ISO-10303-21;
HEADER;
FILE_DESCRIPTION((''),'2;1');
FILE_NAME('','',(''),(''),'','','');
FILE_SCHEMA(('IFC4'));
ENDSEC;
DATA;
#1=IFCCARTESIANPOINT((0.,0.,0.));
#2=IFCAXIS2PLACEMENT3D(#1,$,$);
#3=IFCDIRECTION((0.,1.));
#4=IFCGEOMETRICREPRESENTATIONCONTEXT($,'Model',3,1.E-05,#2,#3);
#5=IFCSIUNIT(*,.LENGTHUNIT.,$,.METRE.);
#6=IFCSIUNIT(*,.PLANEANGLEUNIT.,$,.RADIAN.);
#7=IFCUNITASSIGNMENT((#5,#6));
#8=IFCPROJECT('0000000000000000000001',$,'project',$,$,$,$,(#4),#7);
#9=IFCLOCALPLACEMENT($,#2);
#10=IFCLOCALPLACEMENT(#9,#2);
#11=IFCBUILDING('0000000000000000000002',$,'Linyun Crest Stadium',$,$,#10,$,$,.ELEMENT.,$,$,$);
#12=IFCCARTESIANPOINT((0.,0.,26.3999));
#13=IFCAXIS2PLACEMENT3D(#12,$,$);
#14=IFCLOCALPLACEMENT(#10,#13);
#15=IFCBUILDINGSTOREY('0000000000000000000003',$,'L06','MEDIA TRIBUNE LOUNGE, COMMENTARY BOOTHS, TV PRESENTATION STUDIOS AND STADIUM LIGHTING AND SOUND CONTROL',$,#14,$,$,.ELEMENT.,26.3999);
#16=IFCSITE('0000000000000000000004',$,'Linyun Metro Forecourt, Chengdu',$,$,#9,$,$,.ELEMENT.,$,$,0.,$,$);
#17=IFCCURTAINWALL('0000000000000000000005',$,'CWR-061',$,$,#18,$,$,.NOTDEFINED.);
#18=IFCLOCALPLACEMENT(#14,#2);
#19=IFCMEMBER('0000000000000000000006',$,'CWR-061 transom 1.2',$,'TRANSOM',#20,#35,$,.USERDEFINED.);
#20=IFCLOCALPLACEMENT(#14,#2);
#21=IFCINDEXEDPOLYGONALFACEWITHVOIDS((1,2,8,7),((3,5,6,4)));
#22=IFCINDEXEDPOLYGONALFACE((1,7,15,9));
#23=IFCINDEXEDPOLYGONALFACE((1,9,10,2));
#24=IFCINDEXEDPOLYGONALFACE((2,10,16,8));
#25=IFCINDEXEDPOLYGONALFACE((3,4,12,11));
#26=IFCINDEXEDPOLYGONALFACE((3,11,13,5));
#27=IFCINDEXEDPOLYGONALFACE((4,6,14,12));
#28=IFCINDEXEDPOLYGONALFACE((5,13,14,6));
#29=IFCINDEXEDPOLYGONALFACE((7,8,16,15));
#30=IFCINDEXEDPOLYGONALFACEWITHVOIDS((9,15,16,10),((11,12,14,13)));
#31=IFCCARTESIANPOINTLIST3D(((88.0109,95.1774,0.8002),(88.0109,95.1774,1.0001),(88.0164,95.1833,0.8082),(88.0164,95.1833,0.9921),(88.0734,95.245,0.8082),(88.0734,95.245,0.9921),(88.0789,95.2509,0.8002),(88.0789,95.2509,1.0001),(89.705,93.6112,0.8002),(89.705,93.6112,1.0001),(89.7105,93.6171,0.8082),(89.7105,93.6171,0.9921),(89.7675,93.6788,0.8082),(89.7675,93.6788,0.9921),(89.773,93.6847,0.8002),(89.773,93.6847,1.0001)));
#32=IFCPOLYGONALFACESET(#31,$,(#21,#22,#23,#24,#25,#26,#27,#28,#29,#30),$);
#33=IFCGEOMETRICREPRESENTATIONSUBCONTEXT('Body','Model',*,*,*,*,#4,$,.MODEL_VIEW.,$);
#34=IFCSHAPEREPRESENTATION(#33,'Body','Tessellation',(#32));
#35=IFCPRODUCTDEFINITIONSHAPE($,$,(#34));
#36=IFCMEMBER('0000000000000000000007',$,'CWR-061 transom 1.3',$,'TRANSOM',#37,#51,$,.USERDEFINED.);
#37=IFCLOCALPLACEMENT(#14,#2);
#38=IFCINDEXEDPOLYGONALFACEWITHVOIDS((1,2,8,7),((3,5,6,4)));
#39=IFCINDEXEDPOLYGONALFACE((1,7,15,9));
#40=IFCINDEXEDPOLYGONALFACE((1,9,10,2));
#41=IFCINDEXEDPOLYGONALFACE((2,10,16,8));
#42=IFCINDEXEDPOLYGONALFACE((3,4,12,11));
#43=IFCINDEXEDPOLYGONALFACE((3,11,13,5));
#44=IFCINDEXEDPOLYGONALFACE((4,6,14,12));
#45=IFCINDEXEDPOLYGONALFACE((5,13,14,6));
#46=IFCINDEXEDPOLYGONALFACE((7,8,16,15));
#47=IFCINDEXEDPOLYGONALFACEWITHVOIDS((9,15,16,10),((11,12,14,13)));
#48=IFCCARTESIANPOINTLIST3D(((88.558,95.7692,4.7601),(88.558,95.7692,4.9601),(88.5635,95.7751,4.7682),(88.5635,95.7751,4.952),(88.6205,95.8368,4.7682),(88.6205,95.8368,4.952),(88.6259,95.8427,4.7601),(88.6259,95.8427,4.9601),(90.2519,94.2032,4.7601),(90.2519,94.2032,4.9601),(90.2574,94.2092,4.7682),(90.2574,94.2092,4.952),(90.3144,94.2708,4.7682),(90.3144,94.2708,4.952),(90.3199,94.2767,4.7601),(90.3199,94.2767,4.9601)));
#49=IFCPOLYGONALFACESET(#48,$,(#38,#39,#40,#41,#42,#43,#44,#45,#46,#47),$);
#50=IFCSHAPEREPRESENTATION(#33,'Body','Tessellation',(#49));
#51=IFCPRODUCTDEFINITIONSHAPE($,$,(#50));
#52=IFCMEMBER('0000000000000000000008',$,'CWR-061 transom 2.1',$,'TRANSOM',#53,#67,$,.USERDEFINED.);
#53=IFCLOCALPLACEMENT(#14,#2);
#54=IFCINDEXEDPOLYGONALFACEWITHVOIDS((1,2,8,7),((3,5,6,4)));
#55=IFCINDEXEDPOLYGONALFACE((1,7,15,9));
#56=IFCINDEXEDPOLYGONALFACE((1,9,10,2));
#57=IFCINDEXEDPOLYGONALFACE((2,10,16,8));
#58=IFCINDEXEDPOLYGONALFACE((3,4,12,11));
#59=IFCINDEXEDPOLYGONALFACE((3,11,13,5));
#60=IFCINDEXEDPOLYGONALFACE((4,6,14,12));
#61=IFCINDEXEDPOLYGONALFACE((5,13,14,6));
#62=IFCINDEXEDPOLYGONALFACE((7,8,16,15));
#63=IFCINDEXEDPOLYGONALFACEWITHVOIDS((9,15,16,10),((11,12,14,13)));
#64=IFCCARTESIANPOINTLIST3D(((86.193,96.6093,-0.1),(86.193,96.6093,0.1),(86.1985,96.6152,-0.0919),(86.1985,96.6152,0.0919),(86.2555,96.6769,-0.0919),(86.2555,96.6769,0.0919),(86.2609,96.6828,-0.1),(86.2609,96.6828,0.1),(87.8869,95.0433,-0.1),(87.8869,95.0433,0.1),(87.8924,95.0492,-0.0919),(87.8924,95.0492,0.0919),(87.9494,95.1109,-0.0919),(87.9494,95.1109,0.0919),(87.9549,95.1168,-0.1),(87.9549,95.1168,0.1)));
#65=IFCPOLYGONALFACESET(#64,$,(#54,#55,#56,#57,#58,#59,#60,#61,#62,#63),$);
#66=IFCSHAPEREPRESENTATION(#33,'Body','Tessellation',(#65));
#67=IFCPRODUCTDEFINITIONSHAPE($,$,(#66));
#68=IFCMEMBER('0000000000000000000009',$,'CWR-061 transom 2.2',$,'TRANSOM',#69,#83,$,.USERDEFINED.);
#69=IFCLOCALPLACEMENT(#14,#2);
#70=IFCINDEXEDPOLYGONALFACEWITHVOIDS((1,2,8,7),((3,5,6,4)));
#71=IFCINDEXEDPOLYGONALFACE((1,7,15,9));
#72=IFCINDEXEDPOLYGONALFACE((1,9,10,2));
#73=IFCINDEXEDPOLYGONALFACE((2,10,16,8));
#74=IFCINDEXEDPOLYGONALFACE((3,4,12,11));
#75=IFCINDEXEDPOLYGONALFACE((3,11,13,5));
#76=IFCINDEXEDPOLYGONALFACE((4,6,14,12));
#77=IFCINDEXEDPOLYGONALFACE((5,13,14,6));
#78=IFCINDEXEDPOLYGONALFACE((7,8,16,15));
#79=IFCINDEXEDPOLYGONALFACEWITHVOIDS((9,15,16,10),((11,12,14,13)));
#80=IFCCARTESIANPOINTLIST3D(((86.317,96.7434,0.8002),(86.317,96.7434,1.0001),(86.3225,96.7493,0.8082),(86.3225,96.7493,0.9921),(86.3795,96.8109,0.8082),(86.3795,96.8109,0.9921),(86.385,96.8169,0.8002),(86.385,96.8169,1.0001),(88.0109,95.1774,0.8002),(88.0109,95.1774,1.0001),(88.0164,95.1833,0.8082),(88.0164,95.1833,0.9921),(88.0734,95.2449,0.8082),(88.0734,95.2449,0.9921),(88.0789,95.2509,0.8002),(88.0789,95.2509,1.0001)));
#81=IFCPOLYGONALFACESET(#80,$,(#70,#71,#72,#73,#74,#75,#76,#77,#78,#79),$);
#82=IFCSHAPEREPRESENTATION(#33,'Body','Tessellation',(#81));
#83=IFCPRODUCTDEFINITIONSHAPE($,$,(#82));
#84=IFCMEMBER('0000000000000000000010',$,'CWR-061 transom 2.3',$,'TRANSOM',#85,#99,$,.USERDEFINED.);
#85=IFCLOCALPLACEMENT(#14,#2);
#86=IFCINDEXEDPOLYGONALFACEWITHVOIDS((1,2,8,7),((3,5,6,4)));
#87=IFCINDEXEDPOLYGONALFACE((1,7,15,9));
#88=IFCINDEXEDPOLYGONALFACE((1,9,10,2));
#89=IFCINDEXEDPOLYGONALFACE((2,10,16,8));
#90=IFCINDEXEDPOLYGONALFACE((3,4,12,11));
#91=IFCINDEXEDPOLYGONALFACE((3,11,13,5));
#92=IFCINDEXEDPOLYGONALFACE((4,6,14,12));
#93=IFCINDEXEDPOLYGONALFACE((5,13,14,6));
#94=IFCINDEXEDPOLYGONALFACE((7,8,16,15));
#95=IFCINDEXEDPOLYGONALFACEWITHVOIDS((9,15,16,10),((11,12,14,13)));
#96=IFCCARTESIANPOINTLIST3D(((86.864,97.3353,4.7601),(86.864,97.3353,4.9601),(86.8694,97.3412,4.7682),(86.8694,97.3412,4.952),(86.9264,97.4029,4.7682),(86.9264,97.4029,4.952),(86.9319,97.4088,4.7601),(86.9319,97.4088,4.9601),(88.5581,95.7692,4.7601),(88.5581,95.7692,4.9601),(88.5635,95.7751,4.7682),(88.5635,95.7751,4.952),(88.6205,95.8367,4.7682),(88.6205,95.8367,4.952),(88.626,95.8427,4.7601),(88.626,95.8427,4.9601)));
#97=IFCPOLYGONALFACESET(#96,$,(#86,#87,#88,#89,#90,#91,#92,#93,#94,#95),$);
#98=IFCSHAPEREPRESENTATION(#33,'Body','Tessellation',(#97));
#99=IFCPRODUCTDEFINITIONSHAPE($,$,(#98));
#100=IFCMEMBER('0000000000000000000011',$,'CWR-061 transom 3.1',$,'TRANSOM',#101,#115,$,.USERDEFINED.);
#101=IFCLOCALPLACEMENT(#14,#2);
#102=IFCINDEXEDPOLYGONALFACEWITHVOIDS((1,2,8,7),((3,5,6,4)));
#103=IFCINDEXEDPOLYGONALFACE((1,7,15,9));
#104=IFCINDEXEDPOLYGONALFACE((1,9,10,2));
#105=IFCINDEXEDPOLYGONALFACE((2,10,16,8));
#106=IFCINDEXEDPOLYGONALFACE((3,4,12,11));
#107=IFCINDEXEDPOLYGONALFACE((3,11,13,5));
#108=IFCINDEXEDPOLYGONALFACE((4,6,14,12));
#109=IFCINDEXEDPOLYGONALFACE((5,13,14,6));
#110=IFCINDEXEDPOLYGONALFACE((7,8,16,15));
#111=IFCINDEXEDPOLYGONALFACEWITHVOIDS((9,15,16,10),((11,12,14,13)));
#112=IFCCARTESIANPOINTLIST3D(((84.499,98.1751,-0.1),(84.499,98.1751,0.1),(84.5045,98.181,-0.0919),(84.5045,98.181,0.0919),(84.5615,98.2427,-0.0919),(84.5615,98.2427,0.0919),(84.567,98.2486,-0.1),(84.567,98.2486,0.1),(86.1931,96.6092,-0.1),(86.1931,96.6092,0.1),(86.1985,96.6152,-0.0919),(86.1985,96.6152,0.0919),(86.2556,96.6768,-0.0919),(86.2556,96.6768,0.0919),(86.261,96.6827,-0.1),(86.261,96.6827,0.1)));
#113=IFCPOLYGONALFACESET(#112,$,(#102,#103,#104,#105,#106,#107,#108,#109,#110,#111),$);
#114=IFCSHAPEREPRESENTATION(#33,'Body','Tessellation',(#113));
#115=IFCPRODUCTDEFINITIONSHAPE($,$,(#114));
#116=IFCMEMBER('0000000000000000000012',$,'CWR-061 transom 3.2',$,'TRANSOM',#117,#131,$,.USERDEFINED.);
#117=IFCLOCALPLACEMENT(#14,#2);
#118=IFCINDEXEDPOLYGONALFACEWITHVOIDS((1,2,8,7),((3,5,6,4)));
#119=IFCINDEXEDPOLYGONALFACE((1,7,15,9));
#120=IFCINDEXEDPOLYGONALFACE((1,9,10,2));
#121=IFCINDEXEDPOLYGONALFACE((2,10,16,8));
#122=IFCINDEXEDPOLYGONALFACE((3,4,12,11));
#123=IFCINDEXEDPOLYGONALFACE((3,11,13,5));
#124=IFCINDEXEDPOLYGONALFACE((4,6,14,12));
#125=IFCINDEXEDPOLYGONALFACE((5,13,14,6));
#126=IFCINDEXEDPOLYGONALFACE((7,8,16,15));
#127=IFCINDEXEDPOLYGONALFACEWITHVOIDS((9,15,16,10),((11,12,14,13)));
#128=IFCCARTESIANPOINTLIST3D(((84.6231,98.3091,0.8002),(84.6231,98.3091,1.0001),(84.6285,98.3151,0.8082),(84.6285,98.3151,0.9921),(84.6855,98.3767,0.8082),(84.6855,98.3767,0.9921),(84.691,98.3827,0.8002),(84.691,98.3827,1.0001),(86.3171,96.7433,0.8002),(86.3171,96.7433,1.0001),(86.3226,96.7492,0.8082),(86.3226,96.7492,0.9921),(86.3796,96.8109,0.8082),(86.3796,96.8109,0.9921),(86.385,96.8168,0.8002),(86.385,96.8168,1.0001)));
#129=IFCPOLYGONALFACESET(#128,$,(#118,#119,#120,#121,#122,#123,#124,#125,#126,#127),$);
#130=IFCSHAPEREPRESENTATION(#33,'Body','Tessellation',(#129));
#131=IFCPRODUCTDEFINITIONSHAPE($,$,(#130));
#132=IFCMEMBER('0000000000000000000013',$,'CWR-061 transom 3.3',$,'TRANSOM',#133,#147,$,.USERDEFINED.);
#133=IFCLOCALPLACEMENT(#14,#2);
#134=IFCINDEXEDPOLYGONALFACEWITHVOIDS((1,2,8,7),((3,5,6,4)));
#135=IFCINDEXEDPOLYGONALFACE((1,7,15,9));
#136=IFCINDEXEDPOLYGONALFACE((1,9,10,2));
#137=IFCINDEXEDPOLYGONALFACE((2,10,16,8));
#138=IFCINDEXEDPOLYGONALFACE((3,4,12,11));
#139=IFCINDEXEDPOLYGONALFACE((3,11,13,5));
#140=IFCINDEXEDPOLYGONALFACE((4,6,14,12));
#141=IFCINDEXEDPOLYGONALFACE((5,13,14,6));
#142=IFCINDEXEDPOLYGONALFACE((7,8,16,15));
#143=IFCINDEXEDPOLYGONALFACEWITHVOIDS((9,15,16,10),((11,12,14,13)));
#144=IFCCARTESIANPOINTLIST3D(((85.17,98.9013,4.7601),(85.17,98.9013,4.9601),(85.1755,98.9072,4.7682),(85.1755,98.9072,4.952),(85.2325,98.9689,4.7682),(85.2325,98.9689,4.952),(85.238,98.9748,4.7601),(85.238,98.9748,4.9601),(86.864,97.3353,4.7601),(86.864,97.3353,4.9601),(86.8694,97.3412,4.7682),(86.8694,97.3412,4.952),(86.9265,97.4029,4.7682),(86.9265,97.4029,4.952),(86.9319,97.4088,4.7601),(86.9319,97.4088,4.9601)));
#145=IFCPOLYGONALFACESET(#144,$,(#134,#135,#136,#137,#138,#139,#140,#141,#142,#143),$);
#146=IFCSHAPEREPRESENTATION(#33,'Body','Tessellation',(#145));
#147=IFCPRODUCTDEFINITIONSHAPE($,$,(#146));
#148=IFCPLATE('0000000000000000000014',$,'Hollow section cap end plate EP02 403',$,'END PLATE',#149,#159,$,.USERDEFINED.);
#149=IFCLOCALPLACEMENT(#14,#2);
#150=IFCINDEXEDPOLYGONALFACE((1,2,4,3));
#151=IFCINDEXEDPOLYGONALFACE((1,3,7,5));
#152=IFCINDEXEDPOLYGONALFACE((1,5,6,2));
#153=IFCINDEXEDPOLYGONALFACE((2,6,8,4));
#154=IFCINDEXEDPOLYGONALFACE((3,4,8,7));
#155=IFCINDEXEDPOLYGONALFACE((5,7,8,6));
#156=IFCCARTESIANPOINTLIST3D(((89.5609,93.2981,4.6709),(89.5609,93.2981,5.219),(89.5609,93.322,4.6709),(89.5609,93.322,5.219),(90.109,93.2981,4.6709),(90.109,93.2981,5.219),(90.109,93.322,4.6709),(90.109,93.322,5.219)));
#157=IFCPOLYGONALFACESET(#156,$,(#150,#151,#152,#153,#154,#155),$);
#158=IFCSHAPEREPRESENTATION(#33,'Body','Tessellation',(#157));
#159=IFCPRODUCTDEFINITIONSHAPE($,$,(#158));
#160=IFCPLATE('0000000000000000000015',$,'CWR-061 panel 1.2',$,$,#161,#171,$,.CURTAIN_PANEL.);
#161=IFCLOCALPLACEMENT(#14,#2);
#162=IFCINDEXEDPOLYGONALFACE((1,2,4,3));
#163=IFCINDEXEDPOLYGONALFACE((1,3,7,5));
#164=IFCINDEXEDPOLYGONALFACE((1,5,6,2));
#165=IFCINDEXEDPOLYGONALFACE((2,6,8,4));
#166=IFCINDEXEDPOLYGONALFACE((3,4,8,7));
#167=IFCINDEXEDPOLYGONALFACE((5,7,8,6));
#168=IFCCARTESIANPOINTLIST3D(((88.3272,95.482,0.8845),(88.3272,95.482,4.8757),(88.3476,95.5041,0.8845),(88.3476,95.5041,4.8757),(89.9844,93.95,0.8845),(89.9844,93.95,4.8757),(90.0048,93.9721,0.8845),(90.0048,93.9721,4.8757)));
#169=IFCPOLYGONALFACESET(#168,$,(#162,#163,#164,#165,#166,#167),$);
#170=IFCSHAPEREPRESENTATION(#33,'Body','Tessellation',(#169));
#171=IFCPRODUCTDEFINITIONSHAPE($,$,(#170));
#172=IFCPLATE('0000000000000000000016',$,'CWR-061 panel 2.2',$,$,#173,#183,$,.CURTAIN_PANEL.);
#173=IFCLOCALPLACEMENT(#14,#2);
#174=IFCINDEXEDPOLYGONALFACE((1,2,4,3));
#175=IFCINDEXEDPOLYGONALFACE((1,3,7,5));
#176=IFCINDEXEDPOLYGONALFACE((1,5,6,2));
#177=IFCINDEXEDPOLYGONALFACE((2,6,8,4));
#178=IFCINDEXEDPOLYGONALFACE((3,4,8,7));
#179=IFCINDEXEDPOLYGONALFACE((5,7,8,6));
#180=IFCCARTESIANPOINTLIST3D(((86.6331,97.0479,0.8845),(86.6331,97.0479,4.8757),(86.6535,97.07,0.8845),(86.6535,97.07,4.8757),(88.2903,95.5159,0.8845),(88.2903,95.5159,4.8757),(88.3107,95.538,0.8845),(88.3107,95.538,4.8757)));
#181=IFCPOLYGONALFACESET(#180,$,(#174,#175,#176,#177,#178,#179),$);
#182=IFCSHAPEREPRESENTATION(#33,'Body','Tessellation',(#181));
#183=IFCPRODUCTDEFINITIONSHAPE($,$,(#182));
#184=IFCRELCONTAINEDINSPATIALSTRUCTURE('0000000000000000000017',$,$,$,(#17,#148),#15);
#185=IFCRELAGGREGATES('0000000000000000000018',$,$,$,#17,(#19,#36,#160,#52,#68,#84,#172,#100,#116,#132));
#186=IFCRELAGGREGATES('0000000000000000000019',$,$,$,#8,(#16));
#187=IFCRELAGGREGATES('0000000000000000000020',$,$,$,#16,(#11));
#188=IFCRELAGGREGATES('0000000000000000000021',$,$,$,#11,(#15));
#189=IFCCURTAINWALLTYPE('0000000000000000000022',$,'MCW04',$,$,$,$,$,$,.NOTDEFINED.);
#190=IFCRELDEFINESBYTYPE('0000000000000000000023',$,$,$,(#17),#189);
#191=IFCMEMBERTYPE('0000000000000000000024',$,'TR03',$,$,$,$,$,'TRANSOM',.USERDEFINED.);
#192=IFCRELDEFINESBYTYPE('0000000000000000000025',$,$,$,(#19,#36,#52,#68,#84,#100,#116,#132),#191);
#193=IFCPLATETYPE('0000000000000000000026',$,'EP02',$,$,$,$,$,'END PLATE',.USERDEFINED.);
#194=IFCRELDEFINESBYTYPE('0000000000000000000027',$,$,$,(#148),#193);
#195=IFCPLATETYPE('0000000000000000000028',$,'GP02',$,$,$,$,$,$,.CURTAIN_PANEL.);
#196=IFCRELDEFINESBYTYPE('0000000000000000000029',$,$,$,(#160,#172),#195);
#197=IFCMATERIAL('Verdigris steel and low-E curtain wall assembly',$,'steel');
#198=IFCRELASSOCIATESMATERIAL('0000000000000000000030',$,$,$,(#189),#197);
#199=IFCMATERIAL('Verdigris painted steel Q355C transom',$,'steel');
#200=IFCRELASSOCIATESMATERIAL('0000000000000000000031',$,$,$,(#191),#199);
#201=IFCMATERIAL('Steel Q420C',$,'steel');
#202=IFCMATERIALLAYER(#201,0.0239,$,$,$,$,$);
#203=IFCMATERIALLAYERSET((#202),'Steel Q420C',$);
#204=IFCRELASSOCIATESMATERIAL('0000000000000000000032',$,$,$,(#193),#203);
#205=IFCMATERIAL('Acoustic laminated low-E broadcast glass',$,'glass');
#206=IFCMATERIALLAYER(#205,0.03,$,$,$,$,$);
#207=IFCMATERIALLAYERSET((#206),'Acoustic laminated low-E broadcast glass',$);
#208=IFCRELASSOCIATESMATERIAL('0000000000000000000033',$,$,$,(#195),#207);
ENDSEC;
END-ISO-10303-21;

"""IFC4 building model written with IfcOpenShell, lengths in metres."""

from ifc_helpers import new_model, si_unit, direction, frame, origin, origin_2d, place, context, subcontext, project, spatial, rectangle, hollow_rectangle, extrude, material, layer, layer_set, material_profile, profile_set, type_object, element, aggregate, save


model = new_model("IFC4")

# Units and contexts
model_context = context("Model", 3, precision=1e-05, world=origin(), true_north=direction((0.0, 1.0)))
body_context = subcontext(model_context, "Body", "Model", "MODEL_VIEW")
ifc_project = project(units=[si_unit("LENGTHUNIT", "METRE"), si_unit("PLANEANGLEUNIT", "RADIAN")], contexts=[model_context])

# Site, building, storey
site_placement = place(None, origin())
site = spatial("IfcSite", under=ifc_project, at=site_placement, Name="Linyun Metro Forecourt, Chengdu", CompositionType="ELEMENT", RefElevation=0.0)
building_placement = place(site_placement, origin())
building = spatial("IfcBuilding", under=site, at=building_placement, Name="Linyun Crest Stadium", CompositionType="ELEMENT")
storey_placement = place(building_placement, frame((0.0, 0.0, 26.3999)))
storey = spatial("IfcBuildingStorey", under=building, at=storey_placement, Name="L06", Description="MEDIA TRIBUNE LOUNGE, COMMENTARY BOOTHS, TV PRESENTATION STUDIOS AND STADIUM LIGHTING AND SOUND CONTROL", CompositionType="ELEMENT", Elevation=26.3999)

# Curtain wall
ifc_material_1 = material(Name="Verdigris steel and low-E curtain wall assembly", Category="steel")
curtain_wall_type = type_object("IfcCurtainWallType", Name="MCW04", PredefinedType="NOTDEFINED", material=ifc_material_1)
curtain_wall_1_placement = place(storey_placement, origin())
curtain_wall_1 = element("IfcCurtainWall", 1, at=curtain_wall_1_placement, inside=storey, type_object=curtain_wall_type, Name="CWR-061", PredefinedType="NOTDEFINED")

# Members
ifc_material_2 = material(Name="Verdigris painted steel Q355C transom", Category="steel")
ifc_material_profile_1 = material_profile(ifc_material_2, hollow_rectangle(XDim=0.1001, YDim=0.2, WallThickness=0.0081, at=origin_2d()), Name="RHS 200x100x8")
ifc_profile_set_1 = profile_set([ifc_material_profile_1], Name="Verdigris painted steel Q355C transom")
member_type_1 = type_object("IfcMemberType", Name="TR03", ElementType="TRANSOM", PredefinedType="USERDEFINED", material=ifc_profile_set_1)
member_1_placement = place(storey_placement, frame((89.739, 93.6479, 0.9001), z_axis=(-0.734288, 0.678838, 0.0), x_axis=(-0.678838, -0.734288, 0.0)))
member_1 = element("IfcMember", 2, at=member_1_placement, type_object=member_type_1, Name="CWR-061 transom 1.2", ObjectType="TRANSOM", PredefinedType="USERDEFINED", context=body_context, shape_type="SweptSolid", body=[
    extrude(hollow_rectangle(XDim=0.1001, YDim=0.2, WallThickness=0.0081, at=origin_2d()), origin(), (0.0, 0.0, 1.0), 2.3071),
])
member_2_placement = place(storey_placement, frame((90.2859, 94.24, 4.8601), z_axis=(-0.734292, 0.678834, 0.0), x_axis=(-0.678834, -0.734292, 0.0)))
member_2 = element("IfcMember", 3, at=member_2_placement, type_object=member_type_1, Name="CWR-061 transom 1.3", ObjectType="TRANSOM", PredefinedType="USERDEFINED", context=body_context, shape_type="SweptSolid", body=[
    extrude(hollow_rectangle(XDim=0.1001, YDim=0.2, WallThickness=0.0081, at=origin_2d()), origin(), (0.0, 0.0, 1.0), 2.3069),
])
member_3_placement = place(storey_placement, frame((87.9209, 95.0801, 0.0), z_axis=(-0.734292, 0.678834, 0.0), x_axis=(-0.678834, -0.734292, 0.0)))
member_3 = element("IfcMember", 4, at=member_3_placement, type_object=member_type_1, Name="CWR-061 transom 2.1", ObjectType="TRANSOM", PredefinedType="USERDEFINED", context=body_context, shape_type="SweptSolid", body=[
    extrude(hollow_rectangle(XDim=0.1001, YDim=0.2, WallThickness=0.0081, at=origin_2d()), origin(), (0.0, 0.0, 1.0), 2.3069),
])
member_4_placement = place(storey_placement, frame((88.0449, 95.2141, 0.9001), z_axis=(-0.734292, 0.678834, 0.0), x_axis=(-0.678834, -0.734292, 0.0)))
member_4 = element("IfcMember", 5, at=member_4_placement, type_object=member_type_1, Name="CWR-061 transom 2.2", ObjectType="TRANSOM", PredefinedType="USERDEFINED", context=body_context, shape_type="SweptSolid", body=[
    extrude(hollow_rectangle(XDim=0.1001, YDim=0.2, WallThickness=0.0081, at=origin_2d()), origin(), (0.0, 0.0, 1.0), 2.3069),
])
member_5_placement = place(storey_placement, frame((88.592, 95.8059, 4.8601), z_axis=(-0.734288, 0.678838, 0.0), x_axis=(-0.678838, -0.734288, 0.0)))
member_5 = element("IfcMember", 6, at=member_5_placement, type_object=member_type_1, Name="CWR-061 transom 2.3", ObjectType="TRANSOM", PredefinedType="USERDEFINED", context=body_context, shape_type="SweptSolid", body=[
    extrude(hollow_rectangle(XDim=0.1001, YDim=0.2, WallThickness=0.0081, at=origin_2d()), origin(), (0.0, 0.0, 1.0), 2.3071),
])
member_6_placement = place(storey_placement, frame((86.2271, 96.646, 0.0), z_axis=(-0.734341, 0.678781, 0.0), x_axis=(-0.678781, -0.734341, 0.0)))
member_6 = element("IfcMember", 7, at=member_6_placement, type_object=member_type_1, Name="CWR-061 transom 3.1", ObjectType="TRANSOM", PredefinedType="USERDEFINED", context=body_context, shape_type="SweptSolid", body=[
    extrude(hollow_rectangle(XDim=0.1001, YDim=0.2, WallThickness=0.0081, at=origin_2d()), origin(), (0.0, 0.0, 1.0), 2.3069),
])
member_7_placement = place(storey_placement, frame((86.3511, 96.78, 0.9001), z_axis=(-0.734341, 0.678781, 0.0), x_axis=(-0.678781, -0.734341, 0.0)))
member_7 = element("IfcMember", 8, at=member_7_placement, type_object=member_type_1, Name="CWR-061 transom 3.2", ObjectType="TRANSOM", PredefinedType="USERDEFINED", context=body_context, shape_type="SweptSolid", body=[
    extrude(hollow_rectangle(XDim=0.1001, YDim=0.2, WallThickness=0.0081, at=origin_2d()), origin(), (0.0, 0.0, 1.0), 2.3069),
])
member_8_placement = place(storey_placement, frame((86.8979, 97.3721, 4.8601), z_axis=(-0.734292, 0.678834, 0.0), x_axis=(-0.678834, -0.734292, 0.0)))
member_8 = element("IfcMember", 9, at=member_8_placement, type_object=member_type_1, Name="CWR-061 transom 3.3", ObjectType="TRANSOM", PredefinedType="USERDEFINED", context=body_context, shape_type="SweptSolid", body=[
    extrude(hollow_rectangle(XDim=0.1001, YDim=0.2, WallThickness=0.0081, at=origin_2d()), origin(), (0.0, 0.0, 1.0), 2.3069),
])

# Plates
ifc_material_3 = material(Name="Steel Q420C", Category="steel")
ifc_layer_1 = layer(ifc_material_3, 0.0239)
ifc_layer_set_1 = layer_set([ifc_layer_1], Name="Steel Q420C")
plate_type_1 = type_object("IfcPlateType", Name="EP02", ElementType="END PLATE", PredefinedType="USERDEFINED", material=ifc_layer_set_1)
plate_1_placement = place(storey_placement, frame((89.835, 93.3101, 4.6709), z_axis=(0.0, 0.0, 1.0), x_axis=(1.0, 0.0, 0.0)))
element("IfcPlate", 10, at=plate_1_placement, inside=storey, type_object=plate_type_1, Name="Hollow section cap end plate EP02 403", ObjectType="END PLATE", PredefinedType="USERDEFINED", context=body_context, shape_type="SweptSolid", body=[
    extrude(rectangle(XDim=0.5481, YDim=0.0239, at=origin_2d()), origin(), (0.0, 0.0, 1.0), 0.5481),
])
ifc_material_4 = material(Name="Acoustic laminated low-E broadcast glass", Category="glass")
ifc_layer_2 = layer(ifc_material_4, 0.03)
ifc_layer_set_2 = layer_set([ifc_layer_2], Name="Acoustic laminated low-E broadcast glass")
plate_type_2 = type_object("IfcPlateType", Name="GP02", PredefinedType="CURTAIN_PANEL", material=ifc_layer_set_2)
plate_2_placement = place(storey_placement, frame((89.166, 94.7271, 0.8845), z_axis=(0.0, 0.0, 1.0), x_axis=(-0.734299, 0.678826, 0.0)))
plate_2 = element("IfcPlate", 11, at=plate_2_placement, type_object=plate_type_2, Name="CWR-061 panel 1.2", PredefinedType="CURTAIN_PANEL", context=body_context, shape_type="SweptSolid", body=[
    extrude(rectangle(XDim=2.2568, YDim=0.03, at=origin_2d()), origin(), (0.0, 0.0, 1.0), 3.9912),
])
plate_3_placement = place(storey_placement, frame((87.4719, 96.293, 0.8845), z_axis=(0.0, 0.0, 1.0), x_axis=(-0.734299, 0.678826, 0.0)))
plate_3 = element("IfcPlate", 12, at=plate_3_placement, type_object=plate_type_2, Name="CWR-061 panel 2.2", PredefinedType="CURTAIN_PANEL", context=body_context, shape_type="SweptSolid", body=[
    extrude(rectangle(XDim=2.2568, YDim=0.03, at=origin_2d()), origin(), (0.0, 0.0, 1.0), 3.9912),
])
aggregate(curtain_wall_1, [member_1, member_2, plate_2, member_3, member_4, member_5, plate_3, member_6, member_7, member_8])

save(model, "model.ifc")
